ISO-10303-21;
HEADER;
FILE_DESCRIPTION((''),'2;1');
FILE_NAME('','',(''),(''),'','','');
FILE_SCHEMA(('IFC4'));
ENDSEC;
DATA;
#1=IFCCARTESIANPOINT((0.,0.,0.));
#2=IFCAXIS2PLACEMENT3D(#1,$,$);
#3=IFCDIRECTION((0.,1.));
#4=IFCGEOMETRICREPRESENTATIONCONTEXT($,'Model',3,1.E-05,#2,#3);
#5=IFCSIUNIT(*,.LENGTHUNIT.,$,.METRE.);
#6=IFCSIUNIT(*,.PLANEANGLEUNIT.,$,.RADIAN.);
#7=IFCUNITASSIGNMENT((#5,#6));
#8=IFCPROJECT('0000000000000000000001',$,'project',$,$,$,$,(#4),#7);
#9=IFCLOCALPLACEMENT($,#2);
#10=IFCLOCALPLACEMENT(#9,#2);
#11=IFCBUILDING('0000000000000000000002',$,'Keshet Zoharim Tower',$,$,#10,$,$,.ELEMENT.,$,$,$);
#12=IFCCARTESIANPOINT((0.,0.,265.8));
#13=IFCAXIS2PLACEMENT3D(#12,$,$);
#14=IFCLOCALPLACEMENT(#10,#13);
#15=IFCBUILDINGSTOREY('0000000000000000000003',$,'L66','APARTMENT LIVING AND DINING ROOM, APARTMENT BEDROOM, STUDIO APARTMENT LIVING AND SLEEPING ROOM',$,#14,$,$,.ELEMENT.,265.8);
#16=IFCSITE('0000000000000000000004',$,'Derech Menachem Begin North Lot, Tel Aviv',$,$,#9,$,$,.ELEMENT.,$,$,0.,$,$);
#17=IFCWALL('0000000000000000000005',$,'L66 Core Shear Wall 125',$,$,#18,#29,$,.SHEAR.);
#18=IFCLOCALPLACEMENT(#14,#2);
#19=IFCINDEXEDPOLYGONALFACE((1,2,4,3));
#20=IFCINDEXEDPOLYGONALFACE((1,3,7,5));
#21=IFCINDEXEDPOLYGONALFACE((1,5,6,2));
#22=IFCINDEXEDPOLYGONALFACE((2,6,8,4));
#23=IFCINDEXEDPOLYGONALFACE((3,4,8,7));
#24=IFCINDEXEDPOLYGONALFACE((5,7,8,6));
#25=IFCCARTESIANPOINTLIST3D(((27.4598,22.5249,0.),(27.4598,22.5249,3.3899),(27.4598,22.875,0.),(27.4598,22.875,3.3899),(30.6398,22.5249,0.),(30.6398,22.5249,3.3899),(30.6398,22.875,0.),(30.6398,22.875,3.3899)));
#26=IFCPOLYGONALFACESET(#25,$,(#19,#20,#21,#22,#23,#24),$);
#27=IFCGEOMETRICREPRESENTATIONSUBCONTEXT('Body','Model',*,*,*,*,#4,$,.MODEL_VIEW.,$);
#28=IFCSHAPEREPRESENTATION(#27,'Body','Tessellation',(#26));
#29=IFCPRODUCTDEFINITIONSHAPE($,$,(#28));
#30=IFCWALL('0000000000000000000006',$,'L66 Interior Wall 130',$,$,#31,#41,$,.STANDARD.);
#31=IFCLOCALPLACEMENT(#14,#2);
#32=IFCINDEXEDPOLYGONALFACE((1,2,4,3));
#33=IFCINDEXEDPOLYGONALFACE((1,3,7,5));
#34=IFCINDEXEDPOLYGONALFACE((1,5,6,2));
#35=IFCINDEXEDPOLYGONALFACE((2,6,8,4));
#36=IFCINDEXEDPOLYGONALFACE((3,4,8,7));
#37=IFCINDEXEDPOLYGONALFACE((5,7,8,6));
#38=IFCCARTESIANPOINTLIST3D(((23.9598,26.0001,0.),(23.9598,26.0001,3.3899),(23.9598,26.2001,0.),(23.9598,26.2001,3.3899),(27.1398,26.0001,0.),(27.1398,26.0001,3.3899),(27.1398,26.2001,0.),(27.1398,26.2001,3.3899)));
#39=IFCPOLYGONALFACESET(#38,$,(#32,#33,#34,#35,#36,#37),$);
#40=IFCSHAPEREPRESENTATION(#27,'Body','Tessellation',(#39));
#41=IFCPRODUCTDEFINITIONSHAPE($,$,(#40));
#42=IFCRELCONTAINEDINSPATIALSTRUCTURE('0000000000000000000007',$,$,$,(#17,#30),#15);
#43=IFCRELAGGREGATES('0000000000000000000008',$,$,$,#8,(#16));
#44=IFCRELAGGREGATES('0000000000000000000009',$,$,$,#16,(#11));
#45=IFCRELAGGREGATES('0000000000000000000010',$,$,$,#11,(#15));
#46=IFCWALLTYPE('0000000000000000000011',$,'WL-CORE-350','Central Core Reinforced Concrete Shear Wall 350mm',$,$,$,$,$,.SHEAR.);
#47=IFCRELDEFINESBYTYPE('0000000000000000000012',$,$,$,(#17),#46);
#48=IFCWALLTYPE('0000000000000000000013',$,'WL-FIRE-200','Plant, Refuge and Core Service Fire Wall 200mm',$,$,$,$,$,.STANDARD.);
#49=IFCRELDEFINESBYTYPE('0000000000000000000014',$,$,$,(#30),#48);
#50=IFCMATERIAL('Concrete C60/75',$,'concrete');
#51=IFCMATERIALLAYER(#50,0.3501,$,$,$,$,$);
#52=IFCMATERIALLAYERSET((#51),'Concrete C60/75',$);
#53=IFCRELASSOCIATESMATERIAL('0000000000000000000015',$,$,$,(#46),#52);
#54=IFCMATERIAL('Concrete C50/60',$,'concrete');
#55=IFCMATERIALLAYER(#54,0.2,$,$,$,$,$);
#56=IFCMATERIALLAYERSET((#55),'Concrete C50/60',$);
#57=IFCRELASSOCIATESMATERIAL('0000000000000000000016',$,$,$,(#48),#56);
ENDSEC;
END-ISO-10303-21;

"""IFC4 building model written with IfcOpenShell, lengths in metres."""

from ifc_helpers import new_model, si_unit, direction, frame, frame_2d, origin, place, context, subcontext, project, spatial, rectangle, extrude, material, layer, layer_set, type_object, element, save


model = new_model("IFC4")

# Units and contexts
model_context = context("Model", 3, precision=1e-05, world=origin(), true_north=direction((0.0, 1.0)))
body_context = subcontext(model_context, "Body", "Model", "MODEL_VIEW")
ifc_project = project(units=[si_unit("LENGTHUNIT", "METRE"), si_unit("PLANEANGLEUNIT", "RADIAN")], contexts=[model_context])

# Site, building, storey
site_placement = place(None, origin())
site = spatial("IfcSite", under=ifc_project, at=site_placement, Name="Derech Menachem Begin North Lot, Tel Aviv", CompositionType="ELEMENT", RefElevation=0.0)
building_placement = place(site_placement, origin())
building = spatial("IfcBuilding", under=site, at=building_placement, Name="Keshet Zoharim Tower", CompositionType="ELEMENT")
storey_placement = place(building_placement, frame((0.0, 0.0, 265.8)))
storey = spatial("IfcBuildingStorey", under=building, at=storey_placement, Name="L66", Description="APARTMENT LIVING AND DINING ROOM, APARTMENT BEDROOM, STUDIO APARTMENT LIVING AND SLEEPING ROOM", CompositionType="ELEMENT", Elevation=265.8)

# Shared definitions
ifc_material_1 = material(Name="Concrete C60/75", Category="concrete")
ifc_layer_1 = layer(ifc_material_1, 0.3501)
ifc_layer_set_1 = layer_set([ifc_layer_1], Name="Concrete C60/75")
wall_type_1 = type_object("IfcWallType", Name="WL-CORE-350", Description="Central Core Reinforced Concrete Shear Wall 350mm", PredefinedType="SHEAR", material=ifc_layer_set_1)

# Wall
wall_1_placement = place(storey_placement, frame((27.46, 22.7, 0.0), z_axis=(0.0, 0.0, 1.0), x_axis=(1.0, 0.0, 0.0)))
element("IfcWall", 1, at=wall_1_placement, inside=storey, type_object=wall_type_1, Name="L66 Core Shear Wall 125", PredefinedType="SHEAR", context=body_context, shape_type="SweptSolid", body=[
    extrude(rectangle(XDim=3.1799, YDim=0.3501, at=frame_2d((1.5898, 0.0))), origin(), (0.0, 0.0, 1.0), 3.3899),
])

# Wall
ifc_material_2 = material(Name="Concrete C50/60", Category="concrete")
ifc_layer_2 = layer(ifc_material_2, 0.2)
ifc_layer_set_2 = layer_set([ifc_layer_2], Name="Concrete C50/60")
wall_type_2 = type_object("IfcWallType", Name="WL-FIRE-200", Description="Plant, Refuge and Core Service Fire Wall 200mm", PredefinedType="STANDARD", material=ifc_layer_set_2)
wall_2_placement = place(storey_placement, frame((23.96, 26.1001, 0.0), z_axis=(0.0, 0.0, 1.0), x_axis=(1.0, 0.0, 0.0)))
element("IfcWall", 2, at=wall_2_placement, inside=storey, type_object=wall_type_2, Name="L66 Interior Wall 130", PredefinedType="STANDARD", context=body_context, shape_type="SweptSolid", body=[
    extrude(rectangle(XDim=3.1799, YDim=0.2, at=frame_2d((1.5898, 0.0))), origin(), (0.0, 0.0, 1.0), 3.3899),
])

save(model, "model.ifc")
